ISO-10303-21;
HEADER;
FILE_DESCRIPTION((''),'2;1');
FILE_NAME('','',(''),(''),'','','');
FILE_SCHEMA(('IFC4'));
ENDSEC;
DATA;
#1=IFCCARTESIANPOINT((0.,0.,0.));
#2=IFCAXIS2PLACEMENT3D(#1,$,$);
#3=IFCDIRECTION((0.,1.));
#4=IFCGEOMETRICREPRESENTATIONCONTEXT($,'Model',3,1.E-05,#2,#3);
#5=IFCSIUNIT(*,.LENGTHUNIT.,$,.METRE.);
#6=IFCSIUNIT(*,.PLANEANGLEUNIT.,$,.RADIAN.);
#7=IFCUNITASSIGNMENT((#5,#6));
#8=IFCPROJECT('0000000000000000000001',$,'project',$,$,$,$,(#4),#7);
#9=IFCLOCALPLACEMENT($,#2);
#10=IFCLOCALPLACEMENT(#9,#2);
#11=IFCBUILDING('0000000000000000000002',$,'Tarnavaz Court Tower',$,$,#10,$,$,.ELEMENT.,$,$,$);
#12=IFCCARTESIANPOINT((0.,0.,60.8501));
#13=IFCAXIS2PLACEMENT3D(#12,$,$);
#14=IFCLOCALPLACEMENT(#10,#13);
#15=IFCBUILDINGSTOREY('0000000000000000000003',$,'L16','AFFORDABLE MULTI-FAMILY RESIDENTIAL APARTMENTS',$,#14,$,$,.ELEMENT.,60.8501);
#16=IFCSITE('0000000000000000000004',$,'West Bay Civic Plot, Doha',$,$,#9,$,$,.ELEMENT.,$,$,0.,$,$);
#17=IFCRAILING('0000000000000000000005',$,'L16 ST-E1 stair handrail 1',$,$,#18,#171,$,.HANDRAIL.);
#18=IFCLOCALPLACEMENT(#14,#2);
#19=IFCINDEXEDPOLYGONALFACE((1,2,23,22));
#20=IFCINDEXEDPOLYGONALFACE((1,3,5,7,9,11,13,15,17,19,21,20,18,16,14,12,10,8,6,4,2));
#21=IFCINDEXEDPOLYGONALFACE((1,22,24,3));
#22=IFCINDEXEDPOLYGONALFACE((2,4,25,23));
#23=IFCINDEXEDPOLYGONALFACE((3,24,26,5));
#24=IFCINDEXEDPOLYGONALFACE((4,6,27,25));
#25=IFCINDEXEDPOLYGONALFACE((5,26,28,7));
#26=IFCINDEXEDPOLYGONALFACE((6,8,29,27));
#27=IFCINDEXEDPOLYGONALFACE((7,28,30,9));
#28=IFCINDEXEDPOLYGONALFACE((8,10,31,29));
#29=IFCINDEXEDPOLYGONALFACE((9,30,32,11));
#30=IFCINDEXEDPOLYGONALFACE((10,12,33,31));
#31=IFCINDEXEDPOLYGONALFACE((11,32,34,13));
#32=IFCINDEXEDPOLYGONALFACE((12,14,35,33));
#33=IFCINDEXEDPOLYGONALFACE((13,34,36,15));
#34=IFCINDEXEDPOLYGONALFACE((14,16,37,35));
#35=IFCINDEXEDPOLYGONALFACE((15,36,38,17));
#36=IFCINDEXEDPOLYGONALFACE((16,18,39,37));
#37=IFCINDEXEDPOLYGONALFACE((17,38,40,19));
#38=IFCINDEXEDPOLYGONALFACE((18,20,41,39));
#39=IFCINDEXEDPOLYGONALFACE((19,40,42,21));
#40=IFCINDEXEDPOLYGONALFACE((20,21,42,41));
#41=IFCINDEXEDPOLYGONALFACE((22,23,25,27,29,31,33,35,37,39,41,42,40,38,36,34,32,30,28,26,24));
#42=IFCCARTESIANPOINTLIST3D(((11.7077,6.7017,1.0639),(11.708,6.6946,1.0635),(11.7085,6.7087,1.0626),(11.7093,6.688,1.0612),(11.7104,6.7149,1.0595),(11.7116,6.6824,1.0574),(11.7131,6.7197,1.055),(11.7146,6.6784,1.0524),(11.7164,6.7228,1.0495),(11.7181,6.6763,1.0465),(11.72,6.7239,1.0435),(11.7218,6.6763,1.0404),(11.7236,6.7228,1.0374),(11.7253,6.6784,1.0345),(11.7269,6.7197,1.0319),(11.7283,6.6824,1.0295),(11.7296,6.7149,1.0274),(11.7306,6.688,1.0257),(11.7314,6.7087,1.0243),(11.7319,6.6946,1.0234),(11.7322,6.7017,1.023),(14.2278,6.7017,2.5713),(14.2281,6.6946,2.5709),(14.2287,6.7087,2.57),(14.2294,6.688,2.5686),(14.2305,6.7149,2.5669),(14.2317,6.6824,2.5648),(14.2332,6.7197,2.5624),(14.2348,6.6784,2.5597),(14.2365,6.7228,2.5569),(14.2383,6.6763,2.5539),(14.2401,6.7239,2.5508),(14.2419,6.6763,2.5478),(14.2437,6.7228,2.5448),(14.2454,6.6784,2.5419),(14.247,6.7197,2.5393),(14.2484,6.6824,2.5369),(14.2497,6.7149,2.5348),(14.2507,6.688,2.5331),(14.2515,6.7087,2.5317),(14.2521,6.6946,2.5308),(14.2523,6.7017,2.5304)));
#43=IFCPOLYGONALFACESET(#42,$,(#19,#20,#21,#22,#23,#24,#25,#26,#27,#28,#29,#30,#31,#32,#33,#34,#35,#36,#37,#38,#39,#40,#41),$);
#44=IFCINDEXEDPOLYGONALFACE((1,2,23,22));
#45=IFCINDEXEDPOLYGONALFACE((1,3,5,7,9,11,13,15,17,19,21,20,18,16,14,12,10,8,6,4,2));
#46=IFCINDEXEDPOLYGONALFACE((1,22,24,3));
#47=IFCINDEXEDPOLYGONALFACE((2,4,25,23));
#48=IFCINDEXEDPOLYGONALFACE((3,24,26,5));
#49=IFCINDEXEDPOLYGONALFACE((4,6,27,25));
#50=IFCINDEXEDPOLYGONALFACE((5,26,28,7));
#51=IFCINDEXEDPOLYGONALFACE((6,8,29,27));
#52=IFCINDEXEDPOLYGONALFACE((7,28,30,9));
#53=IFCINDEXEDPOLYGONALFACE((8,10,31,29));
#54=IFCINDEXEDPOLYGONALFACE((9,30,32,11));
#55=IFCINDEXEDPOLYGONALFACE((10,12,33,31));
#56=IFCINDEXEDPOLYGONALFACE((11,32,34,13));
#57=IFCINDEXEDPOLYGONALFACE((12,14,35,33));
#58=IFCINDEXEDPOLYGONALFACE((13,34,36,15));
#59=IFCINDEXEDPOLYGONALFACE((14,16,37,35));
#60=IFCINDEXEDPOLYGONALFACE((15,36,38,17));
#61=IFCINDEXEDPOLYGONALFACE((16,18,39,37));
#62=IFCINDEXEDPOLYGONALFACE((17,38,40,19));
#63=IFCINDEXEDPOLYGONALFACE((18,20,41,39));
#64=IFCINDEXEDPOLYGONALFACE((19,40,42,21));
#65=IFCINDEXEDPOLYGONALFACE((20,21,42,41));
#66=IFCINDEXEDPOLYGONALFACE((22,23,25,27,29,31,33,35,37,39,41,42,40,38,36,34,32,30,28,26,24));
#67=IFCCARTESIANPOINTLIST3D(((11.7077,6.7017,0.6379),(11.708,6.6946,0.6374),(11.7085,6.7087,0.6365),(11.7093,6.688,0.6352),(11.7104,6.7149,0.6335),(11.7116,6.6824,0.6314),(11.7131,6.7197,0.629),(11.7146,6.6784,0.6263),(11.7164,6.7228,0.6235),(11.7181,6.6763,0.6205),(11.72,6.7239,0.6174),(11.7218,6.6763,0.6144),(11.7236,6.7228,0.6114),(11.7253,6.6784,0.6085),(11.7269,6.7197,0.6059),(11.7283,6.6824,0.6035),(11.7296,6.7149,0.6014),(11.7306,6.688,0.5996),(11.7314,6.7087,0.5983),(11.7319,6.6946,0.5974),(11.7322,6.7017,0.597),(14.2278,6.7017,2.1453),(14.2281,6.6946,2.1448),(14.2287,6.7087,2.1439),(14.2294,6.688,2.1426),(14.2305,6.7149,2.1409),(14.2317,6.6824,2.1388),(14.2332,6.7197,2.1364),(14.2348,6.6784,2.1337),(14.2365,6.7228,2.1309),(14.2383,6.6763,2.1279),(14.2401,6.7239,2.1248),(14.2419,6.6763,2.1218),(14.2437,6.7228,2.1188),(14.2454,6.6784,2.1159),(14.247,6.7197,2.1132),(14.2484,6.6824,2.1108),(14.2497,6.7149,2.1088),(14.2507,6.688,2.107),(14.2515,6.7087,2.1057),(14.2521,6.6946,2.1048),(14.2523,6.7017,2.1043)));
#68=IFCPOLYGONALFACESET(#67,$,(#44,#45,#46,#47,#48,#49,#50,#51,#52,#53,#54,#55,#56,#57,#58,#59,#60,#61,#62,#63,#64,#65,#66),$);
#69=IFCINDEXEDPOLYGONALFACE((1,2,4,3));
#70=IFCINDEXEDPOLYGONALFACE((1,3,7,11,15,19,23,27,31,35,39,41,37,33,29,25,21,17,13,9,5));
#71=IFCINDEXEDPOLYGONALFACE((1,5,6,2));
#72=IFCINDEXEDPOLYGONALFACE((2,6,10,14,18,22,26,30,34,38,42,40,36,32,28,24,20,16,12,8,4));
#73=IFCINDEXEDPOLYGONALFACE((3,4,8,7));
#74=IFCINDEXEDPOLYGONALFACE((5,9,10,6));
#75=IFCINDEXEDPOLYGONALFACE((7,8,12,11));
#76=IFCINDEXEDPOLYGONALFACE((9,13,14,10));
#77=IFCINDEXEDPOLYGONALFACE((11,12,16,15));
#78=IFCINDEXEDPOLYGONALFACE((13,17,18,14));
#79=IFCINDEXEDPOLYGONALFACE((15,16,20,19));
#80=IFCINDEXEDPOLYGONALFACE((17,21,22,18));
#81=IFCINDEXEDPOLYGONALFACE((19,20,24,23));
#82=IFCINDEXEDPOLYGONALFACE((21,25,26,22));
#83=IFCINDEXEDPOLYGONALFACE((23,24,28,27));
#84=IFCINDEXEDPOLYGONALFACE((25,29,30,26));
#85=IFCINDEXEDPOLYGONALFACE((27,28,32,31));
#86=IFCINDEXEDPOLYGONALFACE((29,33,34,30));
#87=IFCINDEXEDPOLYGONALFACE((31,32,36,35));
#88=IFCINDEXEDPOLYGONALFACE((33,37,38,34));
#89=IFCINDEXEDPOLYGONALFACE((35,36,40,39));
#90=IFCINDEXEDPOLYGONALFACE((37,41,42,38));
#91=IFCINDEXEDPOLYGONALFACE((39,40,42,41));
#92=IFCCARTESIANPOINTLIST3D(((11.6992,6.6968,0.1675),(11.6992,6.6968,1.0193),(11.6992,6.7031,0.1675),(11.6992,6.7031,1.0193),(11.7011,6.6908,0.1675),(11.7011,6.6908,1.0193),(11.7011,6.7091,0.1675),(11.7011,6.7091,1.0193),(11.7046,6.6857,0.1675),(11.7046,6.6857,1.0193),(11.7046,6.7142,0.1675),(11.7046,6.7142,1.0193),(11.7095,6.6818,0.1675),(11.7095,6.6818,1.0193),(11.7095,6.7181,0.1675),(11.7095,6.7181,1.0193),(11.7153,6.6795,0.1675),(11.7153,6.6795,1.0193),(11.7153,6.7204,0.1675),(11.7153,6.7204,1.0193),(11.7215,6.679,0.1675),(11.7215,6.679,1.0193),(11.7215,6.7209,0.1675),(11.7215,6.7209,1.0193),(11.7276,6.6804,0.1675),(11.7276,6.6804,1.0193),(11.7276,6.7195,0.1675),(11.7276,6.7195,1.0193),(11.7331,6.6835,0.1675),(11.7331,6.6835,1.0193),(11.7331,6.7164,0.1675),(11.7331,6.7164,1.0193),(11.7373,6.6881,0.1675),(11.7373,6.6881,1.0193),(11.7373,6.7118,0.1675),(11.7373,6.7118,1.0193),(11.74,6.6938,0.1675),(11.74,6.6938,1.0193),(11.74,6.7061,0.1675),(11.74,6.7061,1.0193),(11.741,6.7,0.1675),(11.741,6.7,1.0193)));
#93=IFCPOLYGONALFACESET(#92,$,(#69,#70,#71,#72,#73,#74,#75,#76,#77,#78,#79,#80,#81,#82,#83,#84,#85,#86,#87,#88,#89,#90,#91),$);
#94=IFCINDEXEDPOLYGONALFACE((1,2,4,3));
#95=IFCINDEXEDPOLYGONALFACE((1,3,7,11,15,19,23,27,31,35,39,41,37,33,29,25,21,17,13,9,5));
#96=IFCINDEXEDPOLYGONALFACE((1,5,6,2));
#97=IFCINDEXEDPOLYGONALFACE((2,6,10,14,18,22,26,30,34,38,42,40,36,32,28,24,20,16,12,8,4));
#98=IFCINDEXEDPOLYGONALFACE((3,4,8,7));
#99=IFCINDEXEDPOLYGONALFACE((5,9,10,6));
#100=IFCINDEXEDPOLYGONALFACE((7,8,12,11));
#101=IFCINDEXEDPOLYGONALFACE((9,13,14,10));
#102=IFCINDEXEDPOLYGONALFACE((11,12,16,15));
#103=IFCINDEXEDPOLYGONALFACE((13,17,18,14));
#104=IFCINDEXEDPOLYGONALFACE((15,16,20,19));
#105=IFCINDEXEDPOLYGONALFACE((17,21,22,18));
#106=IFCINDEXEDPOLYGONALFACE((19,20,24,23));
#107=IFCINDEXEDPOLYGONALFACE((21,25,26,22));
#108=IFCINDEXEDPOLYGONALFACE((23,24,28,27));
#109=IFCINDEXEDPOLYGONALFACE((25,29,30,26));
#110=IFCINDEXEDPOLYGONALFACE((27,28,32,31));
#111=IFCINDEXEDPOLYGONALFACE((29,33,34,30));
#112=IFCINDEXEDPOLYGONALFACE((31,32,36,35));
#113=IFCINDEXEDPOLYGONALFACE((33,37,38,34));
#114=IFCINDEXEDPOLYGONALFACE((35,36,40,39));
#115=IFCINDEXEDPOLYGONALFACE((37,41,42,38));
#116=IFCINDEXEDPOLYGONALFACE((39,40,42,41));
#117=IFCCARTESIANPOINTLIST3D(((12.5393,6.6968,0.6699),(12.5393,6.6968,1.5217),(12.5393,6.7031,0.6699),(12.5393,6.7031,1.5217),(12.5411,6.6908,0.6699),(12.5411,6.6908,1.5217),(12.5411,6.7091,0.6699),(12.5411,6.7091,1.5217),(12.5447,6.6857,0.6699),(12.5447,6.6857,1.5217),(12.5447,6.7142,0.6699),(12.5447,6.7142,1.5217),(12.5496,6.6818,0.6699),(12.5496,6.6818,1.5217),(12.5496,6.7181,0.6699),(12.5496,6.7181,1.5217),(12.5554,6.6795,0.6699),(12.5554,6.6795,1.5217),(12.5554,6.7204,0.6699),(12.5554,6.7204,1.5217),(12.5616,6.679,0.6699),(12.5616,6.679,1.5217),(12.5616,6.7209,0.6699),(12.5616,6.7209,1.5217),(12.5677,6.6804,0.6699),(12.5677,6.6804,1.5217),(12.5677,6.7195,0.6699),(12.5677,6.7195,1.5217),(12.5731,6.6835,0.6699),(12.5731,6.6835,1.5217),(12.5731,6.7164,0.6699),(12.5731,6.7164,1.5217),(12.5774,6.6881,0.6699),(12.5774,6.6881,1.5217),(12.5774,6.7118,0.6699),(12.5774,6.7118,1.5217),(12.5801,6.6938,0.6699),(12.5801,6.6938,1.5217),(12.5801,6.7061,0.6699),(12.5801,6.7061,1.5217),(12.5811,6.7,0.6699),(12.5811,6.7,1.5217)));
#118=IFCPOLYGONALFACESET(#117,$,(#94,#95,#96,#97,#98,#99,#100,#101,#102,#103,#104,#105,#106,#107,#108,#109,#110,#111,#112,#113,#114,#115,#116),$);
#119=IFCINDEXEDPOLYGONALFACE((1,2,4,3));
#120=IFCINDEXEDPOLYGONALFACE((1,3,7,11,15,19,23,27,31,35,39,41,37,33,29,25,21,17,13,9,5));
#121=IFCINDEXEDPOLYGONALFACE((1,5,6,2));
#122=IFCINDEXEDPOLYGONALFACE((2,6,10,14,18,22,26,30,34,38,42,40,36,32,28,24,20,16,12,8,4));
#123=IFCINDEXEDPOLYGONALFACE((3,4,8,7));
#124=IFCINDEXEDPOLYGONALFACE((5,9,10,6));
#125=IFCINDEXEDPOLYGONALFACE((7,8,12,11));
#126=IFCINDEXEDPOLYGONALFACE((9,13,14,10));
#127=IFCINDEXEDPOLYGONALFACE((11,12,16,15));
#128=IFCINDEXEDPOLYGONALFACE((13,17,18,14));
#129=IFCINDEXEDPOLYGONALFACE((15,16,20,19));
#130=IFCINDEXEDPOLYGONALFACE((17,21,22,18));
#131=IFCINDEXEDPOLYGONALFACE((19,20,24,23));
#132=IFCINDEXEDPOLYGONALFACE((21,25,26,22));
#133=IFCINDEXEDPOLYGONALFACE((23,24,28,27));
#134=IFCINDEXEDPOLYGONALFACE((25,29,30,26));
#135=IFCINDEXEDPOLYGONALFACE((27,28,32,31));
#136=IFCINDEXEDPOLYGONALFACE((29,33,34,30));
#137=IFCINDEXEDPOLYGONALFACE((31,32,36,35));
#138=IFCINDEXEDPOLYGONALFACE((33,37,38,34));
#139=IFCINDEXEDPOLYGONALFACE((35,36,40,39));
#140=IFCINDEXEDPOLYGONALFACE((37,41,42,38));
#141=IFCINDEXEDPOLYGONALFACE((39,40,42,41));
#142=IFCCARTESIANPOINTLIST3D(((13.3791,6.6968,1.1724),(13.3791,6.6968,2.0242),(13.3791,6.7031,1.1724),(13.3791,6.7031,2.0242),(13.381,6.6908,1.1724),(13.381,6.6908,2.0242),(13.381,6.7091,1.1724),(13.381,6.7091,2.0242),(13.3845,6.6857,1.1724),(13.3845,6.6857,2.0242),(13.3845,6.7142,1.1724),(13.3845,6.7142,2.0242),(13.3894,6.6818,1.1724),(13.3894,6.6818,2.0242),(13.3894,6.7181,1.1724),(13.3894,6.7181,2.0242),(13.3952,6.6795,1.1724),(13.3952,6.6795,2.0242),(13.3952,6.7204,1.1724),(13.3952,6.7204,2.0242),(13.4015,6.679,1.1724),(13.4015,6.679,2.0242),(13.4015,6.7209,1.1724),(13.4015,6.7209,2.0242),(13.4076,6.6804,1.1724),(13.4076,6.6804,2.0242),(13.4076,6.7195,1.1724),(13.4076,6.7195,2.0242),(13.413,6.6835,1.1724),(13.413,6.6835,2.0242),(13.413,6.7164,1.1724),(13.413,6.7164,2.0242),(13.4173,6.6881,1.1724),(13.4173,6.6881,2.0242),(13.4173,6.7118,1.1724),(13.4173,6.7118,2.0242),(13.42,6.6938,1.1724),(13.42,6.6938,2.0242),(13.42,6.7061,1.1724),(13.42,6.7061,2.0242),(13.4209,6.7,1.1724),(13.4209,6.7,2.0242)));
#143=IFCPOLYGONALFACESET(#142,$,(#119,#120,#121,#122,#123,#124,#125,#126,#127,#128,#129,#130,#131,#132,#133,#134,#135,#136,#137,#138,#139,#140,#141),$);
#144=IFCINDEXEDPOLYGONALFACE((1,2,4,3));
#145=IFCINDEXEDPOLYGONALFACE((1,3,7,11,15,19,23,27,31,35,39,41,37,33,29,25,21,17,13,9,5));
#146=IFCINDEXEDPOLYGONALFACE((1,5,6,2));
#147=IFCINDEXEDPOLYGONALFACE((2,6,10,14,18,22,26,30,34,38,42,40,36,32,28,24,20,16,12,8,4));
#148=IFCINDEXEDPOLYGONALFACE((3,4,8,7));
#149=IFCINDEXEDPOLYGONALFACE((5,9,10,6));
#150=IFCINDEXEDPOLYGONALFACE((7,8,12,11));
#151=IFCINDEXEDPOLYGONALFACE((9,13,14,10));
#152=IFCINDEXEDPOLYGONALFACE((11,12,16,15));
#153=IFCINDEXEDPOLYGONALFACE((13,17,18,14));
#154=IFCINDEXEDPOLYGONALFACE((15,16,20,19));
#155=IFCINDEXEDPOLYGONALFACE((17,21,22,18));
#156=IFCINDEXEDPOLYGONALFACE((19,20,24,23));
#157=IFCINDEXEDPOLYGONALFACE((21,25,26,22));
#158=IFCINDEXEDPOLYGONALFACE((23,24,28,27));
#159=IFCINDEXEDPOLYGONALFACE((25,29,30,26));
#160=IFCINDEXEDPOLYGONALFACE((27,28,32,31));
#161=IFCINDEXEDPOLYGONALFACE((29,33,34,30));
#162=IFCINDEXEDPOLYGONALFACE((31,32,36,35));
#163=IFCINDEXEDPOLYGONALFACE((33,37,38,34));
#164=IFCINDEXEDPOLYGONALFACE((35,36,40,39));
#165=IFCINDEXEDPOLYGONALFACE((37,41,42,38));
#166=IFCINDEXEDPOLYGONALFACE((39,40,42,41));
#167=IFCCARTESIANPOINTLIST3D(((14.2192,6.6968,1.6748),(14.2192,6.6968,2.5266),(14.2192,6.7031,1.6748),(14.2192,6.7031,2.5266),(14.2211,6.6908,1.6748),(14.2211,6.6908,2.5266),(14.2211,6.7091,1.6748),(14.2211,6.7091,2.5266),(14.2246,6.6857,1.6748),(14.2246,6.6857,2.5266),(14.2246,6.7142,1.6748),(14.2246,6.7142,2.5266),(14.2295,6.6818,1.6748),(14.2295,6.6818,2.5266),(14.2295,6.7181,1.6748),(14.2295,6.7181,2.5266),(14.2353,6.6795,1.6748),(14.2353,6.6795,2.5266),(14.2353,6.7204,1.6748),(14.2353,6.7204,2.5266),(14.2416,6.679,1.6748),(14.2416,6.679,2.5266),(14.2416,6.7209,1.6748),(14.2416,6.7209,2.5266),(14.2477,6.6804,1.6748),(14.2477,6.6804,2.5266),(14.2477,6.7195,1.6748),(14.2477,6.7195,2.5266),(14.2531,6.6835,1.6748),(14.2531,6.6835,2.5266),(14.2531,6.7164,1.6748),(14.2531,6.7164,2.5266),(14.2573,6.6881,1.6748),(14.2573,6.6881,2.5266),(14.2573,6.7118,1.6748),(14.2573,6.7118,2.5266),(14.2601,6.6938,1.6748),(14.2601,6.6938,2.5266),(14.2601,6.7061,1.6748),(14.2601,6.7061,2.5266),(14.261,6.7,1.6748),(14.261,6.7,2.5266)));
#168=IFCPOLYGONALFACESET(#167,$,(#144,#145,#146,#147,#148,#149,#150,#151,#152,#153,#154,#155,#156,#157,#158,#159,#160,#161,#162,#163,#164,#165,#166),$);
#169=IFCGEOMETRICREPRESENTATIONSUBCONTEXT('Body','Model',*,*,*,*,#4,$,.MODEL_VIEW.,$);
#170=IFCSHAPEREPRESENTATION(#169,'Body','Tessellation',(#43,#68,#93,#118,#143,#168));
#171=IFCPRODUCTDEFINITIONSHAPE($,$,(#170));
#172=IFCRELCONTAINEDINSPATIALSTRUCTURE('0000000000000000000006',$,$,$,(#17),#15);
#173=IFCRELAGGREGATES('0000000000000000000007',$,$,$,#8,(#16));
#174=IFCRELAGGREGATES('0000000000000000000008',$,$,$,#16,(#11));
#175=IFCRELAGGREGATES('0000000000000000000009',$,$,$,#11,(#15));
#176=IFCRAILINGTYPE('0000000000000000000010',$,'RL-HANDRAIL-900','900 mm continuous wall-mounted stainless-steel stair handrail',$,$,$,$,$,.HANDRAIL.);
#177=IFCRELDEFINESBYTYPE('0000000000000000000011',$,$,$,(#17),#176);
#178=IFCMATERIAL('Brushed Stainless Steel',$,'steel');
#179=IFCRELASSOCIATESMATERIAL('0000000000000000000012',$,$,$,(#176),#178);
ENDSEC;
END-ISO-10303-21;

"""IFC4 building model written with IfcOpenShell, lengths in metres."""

from ifc_helpers import new_model, si_unit, direction, frame, origin, origin_2d, place, context, subcontext, project, spatial, circle, extrude, material, type_object, element, save


model = new_model("IFC4")

# Units and contexts
model_context = context("Model", 3, precision=1e-05, world=origin(), true_north=direction((0.0, 1.0)))
body_context = subcontext(model_context, "Body", "Model", "MODEL_VIEW")
ifc_project = project(units=[si_unit("LENGTHUNIT", "METRE"), si_unit("PLANEANGLEUNIT", "RADIAN")], contexts=[model_context])

# Site, building, storey
site_placement = place(None, origin())
site = spatial("IfcSite", under=ifc_project, at=site_placement, Name="West Bay Civic Plot, Doha", CompositionType="ELEMENT", RefElevation=0.0)
building_placement = place(site_placement, origin())
building = spatial("IfcBuilding", under=site, at=building_placement, Name="Tarnavaz Court Tower", CompositionType="ELEMENT")
storey_placement = place(building_placement, frame((0.0, 0.0, 60.8501)))
storey = spatial("IfcBuildingStorey", under=building, at=storey_placement, Name="L16", Description="AFFORDABLE MULTI-FAMILY RESIDENTIAL APARTMENTS", CompositionType="ELEMENT", Elevation=60.8501)

# Railing
ifc_material_1 = material(Name="Brushed Stainless Steel", Category="steel")
railing_type_1 = type_object("IfcRailingType", Name="RL-HANDRAIL-900", Description="900 mm continuous wall-mounted stainless-steel stair handrail", PredefinedType="HANDRAIL", material=ifc_material_1)
railing_1_placement = place(storey_placement, frame((11.72, 6.7, 0.1675)))
element("IfcRailing", 1, at=railing_1_placement, inside=storey, type_object=railing_type_1, Name="L16 ST-E1 stair handrail 1", PredefinedType="HANDRAIL", context=body_context, shape_type="SweptSolid", body=[
    extrude(circle(Radius=0.0239, at=origin_2d()), frame((0.0, 0.0, 0.876), z_axis=(0.858196, 0.0, 0.513321), x_axis=(0.0, 1.0, 0.0)), (0.0, 0.0, 1.0), 2.9365),
    extrude(circle(Radius=0.0239, at=origin_2d()), frame((0.0, 0.0, 0.45), z_axis=(0.858196, 0.0, 0.513321), x_axis=(0.0, 1.0, 0.0)), (0.0, 0.0, 1.0), 2.9365),
    extrude(circle(Radius=0.021, at=origin_2d()), origin(), (0.0, 0.0, 1.0), 0.8518),
    extrude(circle(Radius=0.021, at=origin_2d()), frame((0.8401, 0.0, 0.5024)), (0.0, 0.0, 1.0), 0.8518),
    extrude(circle(Radius=0.021, at=origin_2d()), frame((1.6799, 0.0, 1.0049)), (0.0, 0.0, 1.0), 0.8518),
    extrude(circle(Radius=0.021, at=origin_2d()), frame((2.52, 0.0, 1.5073)), (0.0, 0.0, 1.0), 0.8518),
])

save(model, "model.ifc")
